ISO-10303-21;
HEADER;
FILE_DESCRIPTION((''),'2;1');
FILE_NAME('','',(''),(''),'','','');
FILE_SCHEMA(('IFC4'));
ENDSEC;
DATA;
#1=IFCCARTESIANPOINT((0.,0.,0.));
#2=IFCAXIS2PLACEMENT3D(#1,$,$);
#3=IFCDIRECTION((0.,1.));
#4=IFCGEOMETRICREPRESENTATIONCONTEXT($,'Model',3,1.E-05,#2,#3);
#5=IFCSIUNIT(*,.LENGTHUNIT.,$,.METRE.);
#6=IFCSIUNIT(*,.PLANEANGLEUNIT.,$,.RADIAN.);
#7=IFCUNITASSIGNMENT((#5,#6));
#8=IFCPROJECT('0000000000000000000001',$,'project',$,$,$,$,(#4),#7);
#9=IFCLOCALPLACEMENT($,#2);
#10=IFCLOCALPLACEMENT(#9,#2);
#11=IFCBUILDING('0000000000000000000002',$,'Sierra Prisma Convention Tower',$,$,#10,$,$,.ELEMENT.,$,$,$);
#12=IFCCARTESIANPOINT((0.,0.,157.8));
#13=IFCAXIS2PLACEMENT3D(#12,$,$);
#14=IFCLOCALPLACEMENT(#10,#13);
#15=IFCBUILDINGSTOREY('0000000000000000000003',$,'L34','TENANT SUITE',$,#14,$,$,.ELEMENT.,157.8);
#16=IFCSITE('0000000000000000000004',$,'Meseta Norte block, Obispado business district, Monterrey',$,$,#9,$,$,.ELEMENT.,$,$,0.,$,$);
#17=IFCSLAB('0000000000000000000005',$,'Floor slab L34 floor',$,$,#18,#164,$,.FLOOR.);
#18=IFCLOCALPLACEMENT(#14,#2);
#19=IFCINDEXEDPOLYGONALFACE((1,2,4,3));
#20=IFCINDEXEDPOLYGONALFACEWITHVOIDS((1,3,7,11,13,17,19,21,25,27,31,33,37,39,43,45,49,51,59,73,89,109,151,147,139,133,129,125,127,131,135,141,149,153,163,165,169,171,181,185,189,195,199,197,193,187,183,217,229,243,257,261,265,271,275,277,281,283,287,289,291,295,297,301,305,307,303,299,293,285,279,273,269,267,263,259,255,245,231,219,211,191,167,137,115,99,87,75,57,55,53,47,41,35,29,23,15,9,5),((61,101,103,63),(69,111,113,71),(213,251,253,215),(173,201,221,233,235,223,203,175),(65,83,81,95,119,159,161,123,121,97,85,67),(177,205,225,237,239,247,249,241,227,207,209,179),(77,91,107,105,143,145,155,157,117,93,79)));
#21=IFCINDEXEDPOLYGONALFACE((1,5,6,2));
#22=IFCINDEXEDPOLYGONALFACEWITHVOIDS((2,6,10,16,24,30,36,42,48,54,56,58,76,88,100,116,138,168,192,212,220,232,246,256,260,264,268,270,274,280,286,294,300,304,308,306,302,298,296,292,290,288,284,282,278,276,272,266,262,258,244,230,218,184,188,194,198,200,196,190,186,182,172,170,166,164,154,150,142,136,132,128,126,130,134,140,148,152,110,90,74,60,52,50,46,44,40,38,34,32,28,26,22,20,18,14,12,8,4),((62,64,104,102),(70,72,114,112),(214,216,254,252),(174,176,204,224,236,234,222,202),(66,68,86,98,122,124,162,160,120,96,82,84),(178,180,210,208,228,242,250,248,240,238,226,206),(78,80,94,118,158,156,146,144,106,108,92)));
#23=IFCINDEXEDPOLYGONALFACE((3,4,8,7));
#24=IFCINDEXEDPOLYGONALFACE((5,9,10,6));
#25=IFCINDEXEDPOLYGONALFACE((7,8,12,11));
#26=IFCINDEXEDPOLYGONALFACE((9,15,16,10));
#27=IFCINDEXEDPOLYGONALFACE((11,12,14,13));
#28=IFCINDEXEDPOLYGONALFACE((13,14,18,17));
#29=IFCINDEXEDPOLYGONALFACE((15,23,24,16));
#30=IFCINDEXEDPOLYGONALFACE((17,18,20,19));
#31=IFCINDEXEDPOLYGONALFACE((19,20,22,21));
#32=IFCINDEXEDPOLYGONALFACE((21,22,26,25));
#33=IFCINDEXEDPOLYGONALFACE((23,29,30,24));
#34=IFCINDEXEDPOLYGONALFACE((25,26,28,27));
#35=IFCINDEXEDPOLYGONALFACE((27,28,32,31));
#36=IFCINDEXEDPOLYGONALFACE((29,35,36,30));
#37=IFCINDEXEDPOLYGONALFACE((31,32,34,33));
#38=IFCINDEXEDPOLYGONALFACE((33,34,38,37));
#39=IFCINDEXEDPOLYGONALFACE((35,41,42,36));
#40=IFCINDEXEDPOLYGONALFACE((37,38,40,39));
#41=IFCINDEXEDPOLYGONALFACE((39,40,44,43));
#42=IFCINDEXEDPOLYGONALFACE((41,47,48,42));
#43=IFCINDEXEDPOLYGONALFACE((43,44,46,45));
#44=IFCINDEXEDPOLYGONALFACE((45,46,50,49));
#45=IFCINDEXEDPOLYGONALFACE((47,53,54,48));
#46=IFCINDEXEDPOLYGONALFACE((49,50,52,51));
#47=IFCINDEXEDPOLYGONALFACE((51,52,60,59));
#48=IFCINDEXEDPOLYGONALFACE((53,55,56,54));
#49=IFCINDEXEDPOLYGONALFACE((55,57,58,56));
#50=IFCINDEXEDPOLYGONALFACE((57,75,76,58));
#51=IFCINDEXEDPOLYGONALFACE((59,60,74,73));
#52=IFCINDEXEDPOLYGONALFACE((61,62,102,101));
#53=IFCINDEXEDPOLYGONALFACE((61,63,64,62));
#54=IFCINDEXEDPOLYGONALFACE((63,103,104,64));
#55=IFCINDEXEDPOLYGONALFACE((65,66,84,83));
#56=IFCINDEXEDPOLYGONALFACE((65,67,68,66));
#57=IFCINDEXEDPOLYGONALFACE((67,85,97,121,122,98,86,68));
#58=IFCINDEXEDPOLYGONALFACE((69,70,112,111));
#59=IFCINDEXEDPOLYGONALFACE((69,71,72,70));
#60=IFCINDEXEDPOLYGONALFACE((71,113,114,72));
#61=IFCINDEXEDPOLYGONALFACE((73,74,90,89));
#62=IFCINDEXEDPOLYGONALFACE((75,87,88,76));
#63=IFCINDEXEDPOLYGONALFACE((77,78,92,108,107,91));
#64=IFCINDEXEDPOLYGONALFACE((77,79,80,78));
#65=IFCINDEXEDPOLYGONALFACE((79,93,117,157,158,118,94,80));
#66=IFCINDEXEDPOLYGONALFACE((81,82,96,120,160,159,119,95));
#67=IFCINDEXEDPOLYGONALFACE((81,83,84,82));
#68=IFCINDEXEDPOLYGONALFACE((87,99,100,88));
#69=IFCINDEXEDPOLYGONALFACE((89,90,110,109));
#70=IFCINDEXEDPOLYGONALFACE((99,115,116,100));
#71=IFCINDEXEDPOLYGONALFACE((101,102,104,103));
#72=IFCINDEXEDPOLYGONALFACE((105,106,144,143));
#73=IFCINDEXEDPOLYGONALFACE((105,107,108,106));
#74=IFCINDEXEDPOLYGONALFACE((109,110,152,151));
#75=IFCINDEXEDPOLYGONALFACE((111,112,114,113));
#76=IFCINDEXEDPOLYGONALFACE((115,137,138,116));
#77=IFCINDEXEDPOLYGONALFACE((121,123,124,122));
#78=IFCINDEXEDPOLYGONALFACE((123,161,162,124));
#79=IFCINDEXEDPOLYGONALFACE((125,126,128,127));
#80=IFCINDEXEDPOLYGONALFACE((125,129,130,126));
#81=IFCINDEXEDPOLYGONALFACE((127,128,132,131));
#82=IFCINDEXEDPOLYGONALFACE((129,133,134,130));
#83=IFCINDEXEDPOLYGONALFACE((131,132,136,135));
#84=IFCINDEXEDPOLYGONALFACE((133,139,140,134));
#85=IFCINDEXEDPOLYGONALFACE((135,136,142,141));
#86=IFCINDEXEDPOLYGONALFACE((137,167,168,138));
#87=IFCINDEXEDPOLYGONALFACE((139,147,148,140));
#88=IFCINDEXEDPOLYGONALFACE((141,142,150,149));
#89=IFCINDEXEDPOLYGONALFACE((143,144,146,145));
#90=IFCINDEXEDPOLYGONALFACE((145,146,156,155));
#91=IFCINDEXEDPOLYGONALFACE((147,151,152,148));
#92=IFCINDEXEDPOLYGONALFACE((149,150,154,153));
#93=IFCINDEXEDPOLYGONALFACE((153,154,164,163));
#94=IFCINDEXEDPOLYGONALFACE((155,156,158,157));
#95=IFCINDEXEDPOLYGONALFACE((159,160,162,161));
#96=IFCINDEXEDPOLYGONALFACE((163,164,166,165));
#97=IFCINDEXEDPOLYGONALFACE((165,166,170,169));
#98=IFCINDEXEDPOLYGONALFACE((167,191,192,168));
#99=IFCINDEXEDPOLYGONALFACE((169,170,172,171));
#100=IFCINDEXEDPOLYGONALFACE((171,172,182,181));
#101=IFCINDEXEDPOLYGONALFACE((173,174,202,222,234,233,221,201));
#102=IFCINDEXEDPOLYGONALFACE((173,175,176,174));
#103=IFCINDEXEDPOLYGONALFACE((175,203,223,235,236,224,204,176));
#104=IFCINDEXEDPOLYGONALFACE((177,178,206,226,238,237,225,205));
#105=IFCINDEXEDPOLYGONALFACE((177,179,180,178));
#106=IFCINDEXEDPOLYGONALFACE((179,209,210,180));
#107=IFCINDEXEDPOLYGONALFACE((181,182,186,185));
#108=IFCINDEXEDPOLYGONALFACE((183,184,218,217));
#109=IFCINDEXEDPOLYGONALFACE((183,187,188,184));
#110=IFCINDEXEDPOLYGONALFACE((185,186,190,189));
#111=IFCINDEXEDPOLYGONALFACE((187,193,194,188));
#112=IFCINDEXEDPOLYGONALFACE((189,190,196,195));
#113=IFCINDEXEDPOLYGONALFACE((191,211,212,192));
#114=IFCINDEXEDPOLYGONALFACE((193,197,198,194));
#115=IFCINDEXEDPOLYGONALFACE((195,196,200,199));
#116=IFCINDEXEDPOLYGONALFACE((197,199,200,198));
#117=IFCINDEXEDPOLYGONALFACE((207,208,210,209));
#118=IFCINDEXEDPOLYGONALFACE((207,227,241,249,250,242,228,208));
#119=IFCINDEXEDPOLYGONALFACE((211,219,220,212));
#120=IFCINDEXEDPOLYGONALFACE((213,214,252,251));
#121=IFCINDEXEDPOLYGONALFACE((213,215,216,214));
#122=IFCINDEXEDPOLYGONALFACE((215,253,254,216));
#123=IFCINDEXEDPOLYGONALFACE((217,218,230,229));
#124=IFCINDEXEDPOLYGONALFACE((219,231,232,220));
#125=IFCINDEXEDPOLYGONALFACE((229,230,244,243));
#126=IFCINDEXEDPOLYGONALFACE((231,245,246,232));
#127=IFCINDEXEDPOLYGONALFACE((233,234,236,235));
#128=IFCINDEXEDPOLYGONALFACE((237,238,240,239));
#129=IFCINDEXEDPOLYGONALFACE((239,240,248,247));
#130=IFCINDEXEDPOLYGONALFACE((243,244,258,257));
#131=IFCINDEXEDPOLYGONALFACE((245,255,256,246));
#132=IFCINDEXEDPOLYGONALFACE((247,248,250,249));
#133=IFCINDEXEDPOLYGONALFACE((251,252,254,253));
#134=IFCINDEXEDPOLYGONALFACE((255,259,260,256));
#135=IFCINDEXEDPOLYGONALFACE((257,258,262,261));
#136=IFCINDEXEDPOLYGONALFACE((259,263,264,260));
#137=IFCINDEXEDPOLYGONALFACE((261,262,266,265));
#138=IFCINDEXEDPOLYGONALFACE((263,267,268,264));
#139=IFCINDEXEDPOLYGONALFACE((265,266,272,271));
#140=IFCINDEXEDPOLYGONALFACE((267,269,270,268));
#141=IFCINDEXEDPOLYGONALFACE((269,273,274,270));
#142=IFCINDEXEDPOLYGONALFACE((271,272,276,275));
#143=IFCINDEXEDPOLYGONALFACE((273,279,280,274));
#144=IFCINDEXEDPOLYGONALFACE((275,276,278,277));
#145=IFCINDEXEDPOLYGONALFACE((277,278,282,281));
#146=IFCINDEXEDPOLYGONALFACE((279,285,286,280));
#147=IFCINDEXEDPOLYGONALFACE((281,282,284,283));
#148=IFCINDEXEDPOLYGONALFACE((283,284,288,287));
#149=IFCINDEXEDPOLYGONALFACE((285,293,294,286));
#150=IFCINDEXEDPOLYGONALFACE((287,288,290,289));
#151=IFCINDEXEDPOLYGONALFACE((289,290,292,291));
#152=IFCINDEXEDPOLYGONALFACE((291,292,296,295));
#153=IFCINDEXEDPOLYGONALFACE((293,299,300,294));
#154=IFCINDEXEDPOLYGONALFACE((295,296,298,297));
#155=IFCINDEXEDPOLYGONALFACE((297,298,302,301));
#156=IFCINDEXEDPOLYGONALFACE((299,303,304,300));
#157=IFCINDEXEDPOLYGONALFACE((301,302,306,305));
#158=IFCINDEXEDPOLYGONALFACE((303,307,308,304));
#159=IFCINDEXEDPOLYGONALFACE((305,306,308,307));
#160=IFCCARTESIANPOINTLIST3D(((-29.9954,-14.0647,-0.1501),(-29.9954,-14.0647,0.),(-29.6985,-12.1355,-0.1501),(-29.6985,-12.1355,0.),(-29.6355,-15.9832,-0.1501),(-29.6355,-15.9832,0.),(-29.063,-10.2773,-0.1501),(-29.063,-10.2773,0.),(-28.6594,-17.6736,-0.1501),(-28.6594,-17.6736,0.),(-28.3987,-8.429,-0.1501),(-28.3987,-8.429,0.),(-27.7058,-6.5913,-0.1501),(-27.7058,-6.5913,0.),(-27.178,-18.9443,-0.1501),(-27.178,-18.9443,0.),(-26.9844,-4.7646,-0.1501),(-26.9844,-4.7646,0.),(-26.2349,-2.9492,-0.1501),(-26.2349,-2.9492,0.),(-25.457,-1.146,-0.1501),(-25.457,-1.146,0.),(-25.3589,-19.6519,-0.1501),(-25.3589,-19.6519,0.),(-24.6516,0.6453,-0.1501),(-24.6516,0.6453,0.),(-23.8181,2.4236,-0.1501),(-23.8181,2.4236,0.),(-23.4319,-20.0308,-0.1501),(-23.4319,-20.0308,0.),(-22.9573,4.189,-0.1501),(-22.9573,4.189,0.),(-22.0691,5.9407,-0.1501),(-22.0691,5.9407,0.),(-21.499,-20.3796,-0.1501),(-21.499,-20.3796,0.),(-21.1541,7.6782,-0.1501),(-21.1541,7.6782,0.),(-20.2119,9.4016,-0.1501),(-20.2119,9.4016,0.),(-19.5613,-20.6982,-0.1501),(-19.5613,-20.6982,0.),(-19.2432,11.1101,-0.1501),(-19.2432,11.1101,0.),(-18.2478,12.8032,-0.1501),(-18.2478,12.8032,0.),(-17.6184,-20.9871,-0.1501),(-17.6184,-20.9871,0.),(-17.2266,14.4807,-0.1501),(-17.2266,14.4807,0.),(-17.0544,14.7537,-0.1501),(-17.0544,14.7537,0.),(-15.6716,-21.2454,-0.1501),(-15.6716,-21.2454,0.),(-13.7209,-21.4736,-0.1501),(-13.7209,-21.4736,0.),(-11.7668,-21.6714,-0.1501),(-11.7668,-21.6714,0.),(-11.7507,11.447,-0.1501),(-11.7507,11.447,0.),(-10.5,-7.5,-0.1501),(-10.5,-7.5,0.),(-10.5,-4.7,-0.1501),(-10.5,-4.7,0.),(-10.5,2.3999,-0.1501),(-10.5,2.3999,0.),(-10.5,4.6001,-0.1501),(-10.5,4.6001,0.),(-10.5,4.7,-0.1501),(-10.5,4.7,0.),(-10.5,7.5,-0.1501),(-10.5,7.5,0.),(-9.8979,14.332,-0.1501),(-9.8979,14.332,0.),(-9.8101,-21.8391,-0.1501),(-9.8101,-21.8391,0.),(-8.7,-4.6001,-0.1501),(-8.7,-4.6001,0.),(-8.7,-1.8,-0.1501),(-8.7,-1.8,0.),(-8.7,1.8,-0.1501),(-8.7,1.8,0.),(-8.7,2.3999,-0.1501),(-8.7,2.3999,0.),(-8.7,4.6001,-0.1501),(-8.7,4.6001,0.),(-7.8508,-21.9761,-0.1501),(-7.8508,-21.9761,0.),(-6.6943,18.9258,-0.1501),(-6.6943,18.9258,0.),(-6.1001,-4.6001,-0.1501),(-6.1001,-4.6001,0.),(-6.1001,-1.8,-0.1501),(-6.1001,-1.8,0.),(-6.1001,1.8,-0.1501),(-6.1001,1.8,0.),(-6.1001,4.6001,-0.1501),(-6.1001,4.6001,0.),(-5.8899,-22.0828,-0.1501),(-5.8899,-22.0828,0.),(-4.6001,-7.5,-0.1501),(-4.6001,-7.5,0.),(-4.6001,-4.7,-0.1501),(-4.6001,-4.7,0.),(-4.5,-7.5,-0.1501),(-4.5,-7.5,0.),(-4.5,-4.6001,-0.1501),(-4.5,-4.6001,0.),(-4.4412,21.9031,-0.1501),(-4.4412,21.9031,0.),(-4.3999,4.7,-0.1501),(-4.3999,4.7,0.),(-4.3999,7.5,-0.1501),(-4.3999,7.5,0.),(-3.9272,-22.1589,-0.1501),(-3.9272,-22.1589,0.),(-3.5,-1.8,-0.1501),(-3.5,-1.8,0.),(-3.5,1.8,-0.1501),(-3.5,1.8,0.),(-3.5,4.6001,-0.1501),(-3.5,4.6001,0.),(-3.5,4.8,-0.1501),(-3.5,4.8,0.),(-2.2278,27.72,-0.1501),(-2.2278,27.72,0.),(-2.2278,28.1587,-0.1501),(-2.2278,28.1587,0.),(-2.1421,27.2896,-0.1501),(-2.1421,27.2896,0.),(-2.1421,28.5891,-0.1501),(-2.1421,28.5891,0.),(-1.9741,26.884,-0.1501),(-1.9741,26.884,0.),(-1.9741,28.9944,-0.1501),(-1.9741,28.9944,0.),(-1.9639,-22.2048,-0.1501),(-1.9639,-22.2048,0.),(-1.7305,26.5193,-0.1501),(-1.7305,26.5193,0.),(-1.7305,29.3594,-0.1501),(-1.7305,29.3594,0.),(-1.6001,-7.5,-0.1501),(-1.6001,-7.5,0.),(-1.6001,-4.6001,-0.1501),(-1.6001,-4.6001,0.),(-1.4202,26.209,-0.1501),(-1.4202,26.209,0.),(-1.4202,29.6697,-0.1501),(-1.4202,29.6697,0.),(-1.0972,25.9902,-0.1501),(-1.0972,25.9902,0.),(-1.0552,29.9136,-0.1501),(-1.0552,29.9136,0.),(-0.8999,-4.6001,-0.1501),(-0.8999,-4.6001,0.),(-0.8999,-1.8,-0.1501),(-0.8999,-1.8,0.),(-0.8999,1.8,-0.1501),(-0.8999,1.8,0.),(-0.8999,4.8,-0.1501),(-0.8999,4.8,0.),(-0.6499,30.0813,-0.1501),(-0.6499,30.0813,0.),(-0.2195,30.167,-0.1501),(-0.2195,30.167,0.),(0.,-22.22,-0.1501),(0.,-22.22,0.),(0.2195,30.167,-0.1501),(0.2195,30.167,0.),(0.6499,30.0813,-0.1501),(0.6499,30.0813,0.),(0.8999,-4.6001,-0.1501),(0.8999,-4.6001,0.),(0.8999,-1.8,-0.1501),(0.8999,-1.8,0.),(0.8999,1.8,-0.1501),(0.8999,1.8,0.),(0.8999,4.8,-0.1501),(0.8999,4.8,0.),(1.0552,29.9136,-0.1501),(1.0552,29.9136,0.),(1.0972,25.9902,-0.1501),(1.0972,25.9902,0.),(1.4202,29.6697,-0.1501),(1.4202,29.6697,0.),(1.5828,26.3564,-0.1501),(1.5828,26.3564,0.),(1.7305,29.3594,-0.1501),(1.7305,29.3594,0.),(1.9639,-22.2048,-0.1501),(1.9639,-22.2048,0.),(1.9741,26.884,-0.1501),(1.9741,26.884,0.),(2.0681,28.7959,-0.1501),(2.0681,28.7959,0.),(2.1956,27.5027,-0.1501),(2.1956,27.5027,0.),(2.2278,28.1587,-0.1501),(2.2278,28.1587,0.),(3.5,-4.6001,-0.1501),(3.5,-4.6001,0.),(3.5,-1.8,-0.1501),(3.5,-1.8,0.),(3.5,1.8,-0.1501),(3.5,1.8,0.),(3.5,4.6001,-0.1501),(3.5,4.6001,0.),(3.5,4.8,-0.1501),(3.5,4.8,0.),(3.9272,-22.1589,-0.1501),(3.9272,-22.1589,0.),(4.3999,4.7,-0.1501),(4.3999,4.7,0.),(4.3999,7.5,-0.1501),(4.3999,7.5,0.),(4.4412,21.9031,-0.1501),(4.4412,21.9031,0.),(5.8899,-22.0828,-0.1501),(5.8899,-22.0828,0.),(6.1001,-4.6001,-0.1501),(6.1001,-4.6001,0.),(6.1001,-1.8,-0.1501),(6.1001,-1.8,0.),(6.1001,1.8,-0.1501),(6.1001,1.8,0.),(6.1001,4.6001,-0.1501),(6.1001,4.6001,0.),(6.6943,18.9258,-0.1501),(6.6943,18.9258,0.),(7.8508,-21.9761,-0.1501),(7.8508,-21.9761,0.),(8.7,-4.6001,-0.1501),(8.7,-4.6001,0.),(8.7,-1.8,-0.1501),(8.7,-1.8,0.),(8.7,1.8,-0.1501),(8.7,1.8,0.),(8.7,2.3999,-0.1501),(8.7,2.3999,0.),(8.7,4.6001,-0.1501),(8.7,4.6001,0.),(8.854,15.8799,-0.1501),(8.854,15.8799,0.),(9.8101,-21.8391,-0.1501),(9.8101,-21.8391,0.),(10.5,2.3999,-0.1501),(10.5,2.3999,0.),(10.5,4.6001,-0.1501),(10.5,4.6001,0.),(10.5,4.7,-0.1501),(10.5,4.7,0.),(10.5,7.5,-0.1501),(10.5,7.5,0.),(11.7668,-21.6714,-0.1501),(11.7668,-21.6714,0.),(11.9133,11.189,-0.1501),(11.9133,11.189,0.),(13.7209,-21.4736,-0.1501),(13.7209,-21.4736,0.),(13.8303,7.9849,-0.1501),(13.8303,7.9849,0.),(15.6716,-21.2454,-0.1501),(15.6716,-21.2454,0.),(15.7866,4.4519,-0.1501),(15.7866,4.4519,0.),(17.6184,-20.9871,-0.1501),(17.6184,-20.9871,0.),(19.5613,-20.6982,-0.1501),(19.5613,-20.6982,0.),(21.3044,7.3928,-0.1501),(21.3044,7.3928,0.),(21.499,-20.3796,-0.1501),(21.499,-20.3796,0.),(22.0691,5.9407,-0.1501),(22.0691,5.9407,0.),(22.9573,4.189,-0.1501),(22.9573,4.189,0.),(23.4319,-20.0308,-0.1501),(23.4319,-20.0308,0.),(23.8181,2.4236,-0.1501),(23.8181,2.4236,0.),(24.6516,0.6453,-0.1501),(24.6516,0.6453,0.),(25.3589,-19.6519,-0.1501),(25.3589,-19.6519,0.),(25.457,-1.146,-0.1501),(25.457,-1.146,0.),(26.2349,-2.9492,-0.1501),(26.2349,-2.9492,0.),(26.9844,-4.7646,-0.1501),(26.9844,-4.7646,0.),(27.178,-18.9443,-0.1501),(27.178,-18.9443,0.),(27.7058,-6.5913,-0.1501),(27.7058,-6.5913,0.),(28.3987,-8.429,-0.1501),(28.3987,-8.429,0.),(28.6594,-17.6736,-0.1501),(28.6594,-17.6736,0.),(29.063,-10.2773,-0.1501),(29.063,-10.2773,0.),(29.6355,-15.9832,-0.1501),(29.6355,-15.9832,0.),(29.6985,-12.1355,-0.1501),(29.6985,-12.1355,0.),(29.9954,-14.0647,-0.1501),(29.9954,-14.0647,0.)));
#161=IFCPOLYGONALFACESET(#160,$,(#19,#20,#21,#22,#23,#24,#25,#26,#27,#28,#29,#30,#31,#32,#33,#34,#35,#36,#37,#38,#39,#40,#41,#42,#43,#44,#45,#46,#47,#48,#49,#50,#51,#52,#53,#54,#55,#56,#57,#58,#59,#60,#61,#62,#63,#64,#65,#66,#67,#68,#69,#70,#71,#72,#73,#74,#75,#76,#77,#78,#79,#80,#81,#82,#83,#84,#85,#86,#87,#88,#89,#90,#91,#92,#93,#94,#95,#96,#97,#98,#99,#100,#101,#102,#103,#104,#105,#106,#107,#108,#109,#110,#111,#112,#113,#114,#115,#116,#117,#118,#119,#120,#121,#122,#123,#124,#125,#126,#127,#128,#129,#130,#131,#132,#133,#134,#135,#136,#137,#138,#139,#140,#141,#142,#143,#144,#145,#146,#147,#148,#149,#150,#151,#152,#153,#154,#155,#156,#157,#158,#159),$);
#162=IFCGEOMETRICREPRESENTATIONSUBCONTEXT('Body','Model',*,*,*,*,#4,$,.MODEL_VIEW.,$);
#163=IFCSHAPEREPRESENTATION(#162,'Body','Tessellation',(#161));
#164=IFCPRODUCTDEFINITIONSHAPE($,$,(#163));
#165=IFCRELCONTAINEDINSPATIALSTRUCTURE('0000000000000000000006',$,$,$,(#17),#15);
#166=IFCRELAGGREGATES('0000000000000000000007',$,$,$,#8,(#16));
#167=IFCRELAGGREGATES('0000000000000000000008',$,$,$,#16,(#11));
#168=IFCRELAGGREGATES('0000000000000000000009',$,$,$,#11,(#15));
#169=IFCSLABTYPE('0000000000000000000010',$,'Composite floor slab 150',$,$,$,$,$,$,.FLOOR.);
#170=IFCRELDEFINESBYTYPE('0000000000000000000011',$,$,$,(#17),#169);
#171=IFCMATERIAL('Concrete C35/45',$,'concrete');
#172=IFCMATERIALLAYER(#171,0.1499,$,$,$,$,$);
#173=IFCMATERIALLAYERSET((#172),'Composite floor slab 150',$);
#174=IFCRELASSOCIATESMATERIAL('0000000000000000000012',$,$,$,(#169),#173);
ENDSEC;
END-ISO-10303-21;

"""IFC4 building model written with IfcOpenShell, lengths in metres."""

from ifc_helpers import new_model, si_unit, direction, frame, origin, place, context, subcontext, project, spatial, polyline, outline, extrude, material, layer, layer_set, type_object, element, save


model = new_model("IFC4")

# Units and contexts
model_context = context("Model", 3, precision=1e-05, world=origin(), true_north=direction((0.0, 1.0)))
body_context = subcontext(model_context, "Body", "Model", "MODEL_VIEW")
ifc_project = project(units=[si_unit("LENGTHUNIT", "METRE"), si_unit("PLANEANGLEUNIT", "RADIAN")], contexts=[model_context])

# Site, building, storey
site_placement = place(None, origin())
site = spatial("IfcSite", under=ifc_project, at=site_placement, Name="Meseta Norte block, Obispado business district, Monterrey", CompositionType="ELEMENT", RefElevation=0.0)
building_placement = place(site_placement, origin())
building = spatial("IfcBuilding", under=site, at=building_placement, Name="Sierra Prisma Convention Tower", CompositionType="ELEMENT")
storey_placement = place(building_placement, frame((0.0, 0.0, 157.8)))
storey = spatial("IfcBuildingStorey", under=building, at=storey_placement, Name="L34", Description="TENANT SUITE", CompositionType="ELEMENT", Elevation=157.8)

# Slab
ifc_material_1 = material(Name="Concrete C35/45", Category="concrete")
ifc_layer_1 = layer(ifc_material_1, 0.1499)
ifc_layer_set_1 = layer_set([ifc_layer_1], Name="Composite floor slab 150")
slab_type_1 = type_object("IfcSlabType", Name="Composite floor slab 150", PredefinedType="FLOOR", material=ifc_layer_set_1)
slab_1_placement = place(storey_placement, frame((0.0, 0.0, -0.1501)))
element("IfcSlab", 1, at=slab_1_placement, inside=storey, type_object=slab_type_1, Name="Floor slab L34 floor", PredefinedType="FLOOR", context=body_context, shape_type="SweptSolid", body=[
    extrude(outline(polyline([(22.0691, 5.9407), (21.3044, 7.3928), (15.7866, 4.4519), (13.8303, 7.9849), (11.9133, 11.189), (8.854, 15.8799), (6.6943, 18.9258), (4.4412, 21.9031), (1.0972, 25.9902), (1.5828, 26.3564), (1.9741, 26.884), (2.1956, 27.5027), (2.2278, 28.1587), (2.0681, 28.7959), (1.7305, 29.3594), (1.4202, 29.6697), (1.0552, 29.9136), (0.6499, 30.0813), (0.2195, 30.167), (-0.2195, 30.167), (-0.6499, 30.0813), (-1.0552, 29.9136), (-1.4202, 29.6697), (-1.7305, 29.3594), (-1.9741, 28.9944), (-2.1421, 28.5891), (-2.2278, 28.1587), (-2.2278, 27.72), (-2.1421, 27.2896), (-1.9741, 26.884), (-1.7305, 26.5193), (-1.4202, 26.209), (-1.0972, 25.9902), (-4.4412, 21.9031), (-6.6943, 18.9258), (-9.8979, 14.332), (-11.7507, 11.447), (-17.0544, 14.7537), (-17.2266, 14.4807), (-18.2478, 12.8032), (-19.2432, 11.1101), (-20.2119, 9.4016), (-21.1541, 7.6782), (-22.0691, 5.9407), (-22.9573, 4.189), (-23.8181, 2.4236), (-24.6516, 0.6453), (-25.457, -1.146), (-26.2349, -2.9492), (-26.9844, -4.7646), (-27.7058, -6.5913), (-28.3987, -8.429), (-29.063, -10.2773), (-29.6985, -12.1355), (-29.9954, -14.0647), (-29.6355, -15.9832), (-28.6594, -17.6736), (-27.178, -18.9443), (-25.3589, -19.6519), (-23.4319, -20.0308), (-21.499, -20.3796), (-19.5613, -20.6982), (-17.6184, -20.9871), (-15.6716, -21.2454), (-13.7209, -21.4736), (-11.7668, -21.6714), (-9.8101, -21.8391), (-7.8508, -21.9761), (-5.8899, -22.0828), (-3.9272, -22.1589), (-1.9639, -22.2048), (0.0, -22.22), (1.9639, -22.2048), (3.9272, -22.1589), (5.8899, -22.0828), (7.8508, -21.9761), (9.8101, -21.8391), (11.7668, -21.6714), (13.7209, -21.4736), (15.6716, -21.2454), (17.6184, -20.9871), (19.5613, -20.6982), (21.499, -20.3796), (23.4319, -20.0308), (25.3589, -19.6519), (27.178, -18.9443), (28.6594, -17.6736), (29.6355, -15.9832), (29.9954, -14.0647), (29.6985, -12.1355), (29.063, -10.2773), (28.3987, -8.429), (27.7058, -6.5913), (26.9844, -4.7646), (26.2349, -2.9492), (25.457, -1.146), (24.6516, 0.6453), (23.8181, 2.4236), (22.9573, 4.189), (22.0691, 5.9407)]), holes=[polyline([(-4.6001, -7.5), (-10.5, -7.5), (-10.5, -4.7), (-4.6001, -4.7), (-4.6001, -7.5)]), polyline([(-8.7, -4.6001), (-8.7, -1.8), (-6.1001, -1.8), (-3.5, -1.8), (-0.8999, -1.8), (-0.8999, -4.6001), (-1.6001, -4.6001), (-1.6001, -7.5), (-4.5, -7.5), (-4.5, -4.6001), (-6.1001, -4.6001), (-8.7, -4.6001)]), polyline([(-10.5, 4.6001), (-8.7, 4.6001), (-6.1001, 4.6001), (-3.5, 4.6001), (-3.5, 4.8), (-0.8999, 4.8), (-0.8999, 1.8), (-3.5, 1.8), (-6.1001, 1.8), (-8.7, 1.8), (-8.7, 2.3999), (-10.5, 2.3999), (-10.5, 4.6001)]), polyline([(-10.5, 4.7), (-10.5, 7.5), (-4.3999, 7.5), (-4.3999, 4.7), (-10.5, 4.7)]), polyline([(6.1001, -1.8), (8.7, -1.8), (8.7, -4.6001), (6.1001, -4.6001), (3.5, -4.6001), (0.8999, -4.6001), (0.8999, -1.8), (3.5, -1.8), (6.1001, -1.8)]), polyline([(8.7, 4.6001), (10.5, 4.6001), (10.5, 2.3999), (8.7, 2.3999), (8.7, 1.8), (6.1001, 1.8), (3.5, 1.8), (0.8999, 1.8), (0.8999, 4.8), (3.5, 4.8), (3.5, 4.6001), (6.1001, 4.6001), (8.7, 4.6001)]), polyline([(4.3999, 4.7), (4.3999, 7.5), (10.5, 7.5), (10.5, 4.7), (4.3999, 4.7)])]), origin(), (0.0, 0.0, 1.0), 0.1501),
])

save(model, "model.ifc")
